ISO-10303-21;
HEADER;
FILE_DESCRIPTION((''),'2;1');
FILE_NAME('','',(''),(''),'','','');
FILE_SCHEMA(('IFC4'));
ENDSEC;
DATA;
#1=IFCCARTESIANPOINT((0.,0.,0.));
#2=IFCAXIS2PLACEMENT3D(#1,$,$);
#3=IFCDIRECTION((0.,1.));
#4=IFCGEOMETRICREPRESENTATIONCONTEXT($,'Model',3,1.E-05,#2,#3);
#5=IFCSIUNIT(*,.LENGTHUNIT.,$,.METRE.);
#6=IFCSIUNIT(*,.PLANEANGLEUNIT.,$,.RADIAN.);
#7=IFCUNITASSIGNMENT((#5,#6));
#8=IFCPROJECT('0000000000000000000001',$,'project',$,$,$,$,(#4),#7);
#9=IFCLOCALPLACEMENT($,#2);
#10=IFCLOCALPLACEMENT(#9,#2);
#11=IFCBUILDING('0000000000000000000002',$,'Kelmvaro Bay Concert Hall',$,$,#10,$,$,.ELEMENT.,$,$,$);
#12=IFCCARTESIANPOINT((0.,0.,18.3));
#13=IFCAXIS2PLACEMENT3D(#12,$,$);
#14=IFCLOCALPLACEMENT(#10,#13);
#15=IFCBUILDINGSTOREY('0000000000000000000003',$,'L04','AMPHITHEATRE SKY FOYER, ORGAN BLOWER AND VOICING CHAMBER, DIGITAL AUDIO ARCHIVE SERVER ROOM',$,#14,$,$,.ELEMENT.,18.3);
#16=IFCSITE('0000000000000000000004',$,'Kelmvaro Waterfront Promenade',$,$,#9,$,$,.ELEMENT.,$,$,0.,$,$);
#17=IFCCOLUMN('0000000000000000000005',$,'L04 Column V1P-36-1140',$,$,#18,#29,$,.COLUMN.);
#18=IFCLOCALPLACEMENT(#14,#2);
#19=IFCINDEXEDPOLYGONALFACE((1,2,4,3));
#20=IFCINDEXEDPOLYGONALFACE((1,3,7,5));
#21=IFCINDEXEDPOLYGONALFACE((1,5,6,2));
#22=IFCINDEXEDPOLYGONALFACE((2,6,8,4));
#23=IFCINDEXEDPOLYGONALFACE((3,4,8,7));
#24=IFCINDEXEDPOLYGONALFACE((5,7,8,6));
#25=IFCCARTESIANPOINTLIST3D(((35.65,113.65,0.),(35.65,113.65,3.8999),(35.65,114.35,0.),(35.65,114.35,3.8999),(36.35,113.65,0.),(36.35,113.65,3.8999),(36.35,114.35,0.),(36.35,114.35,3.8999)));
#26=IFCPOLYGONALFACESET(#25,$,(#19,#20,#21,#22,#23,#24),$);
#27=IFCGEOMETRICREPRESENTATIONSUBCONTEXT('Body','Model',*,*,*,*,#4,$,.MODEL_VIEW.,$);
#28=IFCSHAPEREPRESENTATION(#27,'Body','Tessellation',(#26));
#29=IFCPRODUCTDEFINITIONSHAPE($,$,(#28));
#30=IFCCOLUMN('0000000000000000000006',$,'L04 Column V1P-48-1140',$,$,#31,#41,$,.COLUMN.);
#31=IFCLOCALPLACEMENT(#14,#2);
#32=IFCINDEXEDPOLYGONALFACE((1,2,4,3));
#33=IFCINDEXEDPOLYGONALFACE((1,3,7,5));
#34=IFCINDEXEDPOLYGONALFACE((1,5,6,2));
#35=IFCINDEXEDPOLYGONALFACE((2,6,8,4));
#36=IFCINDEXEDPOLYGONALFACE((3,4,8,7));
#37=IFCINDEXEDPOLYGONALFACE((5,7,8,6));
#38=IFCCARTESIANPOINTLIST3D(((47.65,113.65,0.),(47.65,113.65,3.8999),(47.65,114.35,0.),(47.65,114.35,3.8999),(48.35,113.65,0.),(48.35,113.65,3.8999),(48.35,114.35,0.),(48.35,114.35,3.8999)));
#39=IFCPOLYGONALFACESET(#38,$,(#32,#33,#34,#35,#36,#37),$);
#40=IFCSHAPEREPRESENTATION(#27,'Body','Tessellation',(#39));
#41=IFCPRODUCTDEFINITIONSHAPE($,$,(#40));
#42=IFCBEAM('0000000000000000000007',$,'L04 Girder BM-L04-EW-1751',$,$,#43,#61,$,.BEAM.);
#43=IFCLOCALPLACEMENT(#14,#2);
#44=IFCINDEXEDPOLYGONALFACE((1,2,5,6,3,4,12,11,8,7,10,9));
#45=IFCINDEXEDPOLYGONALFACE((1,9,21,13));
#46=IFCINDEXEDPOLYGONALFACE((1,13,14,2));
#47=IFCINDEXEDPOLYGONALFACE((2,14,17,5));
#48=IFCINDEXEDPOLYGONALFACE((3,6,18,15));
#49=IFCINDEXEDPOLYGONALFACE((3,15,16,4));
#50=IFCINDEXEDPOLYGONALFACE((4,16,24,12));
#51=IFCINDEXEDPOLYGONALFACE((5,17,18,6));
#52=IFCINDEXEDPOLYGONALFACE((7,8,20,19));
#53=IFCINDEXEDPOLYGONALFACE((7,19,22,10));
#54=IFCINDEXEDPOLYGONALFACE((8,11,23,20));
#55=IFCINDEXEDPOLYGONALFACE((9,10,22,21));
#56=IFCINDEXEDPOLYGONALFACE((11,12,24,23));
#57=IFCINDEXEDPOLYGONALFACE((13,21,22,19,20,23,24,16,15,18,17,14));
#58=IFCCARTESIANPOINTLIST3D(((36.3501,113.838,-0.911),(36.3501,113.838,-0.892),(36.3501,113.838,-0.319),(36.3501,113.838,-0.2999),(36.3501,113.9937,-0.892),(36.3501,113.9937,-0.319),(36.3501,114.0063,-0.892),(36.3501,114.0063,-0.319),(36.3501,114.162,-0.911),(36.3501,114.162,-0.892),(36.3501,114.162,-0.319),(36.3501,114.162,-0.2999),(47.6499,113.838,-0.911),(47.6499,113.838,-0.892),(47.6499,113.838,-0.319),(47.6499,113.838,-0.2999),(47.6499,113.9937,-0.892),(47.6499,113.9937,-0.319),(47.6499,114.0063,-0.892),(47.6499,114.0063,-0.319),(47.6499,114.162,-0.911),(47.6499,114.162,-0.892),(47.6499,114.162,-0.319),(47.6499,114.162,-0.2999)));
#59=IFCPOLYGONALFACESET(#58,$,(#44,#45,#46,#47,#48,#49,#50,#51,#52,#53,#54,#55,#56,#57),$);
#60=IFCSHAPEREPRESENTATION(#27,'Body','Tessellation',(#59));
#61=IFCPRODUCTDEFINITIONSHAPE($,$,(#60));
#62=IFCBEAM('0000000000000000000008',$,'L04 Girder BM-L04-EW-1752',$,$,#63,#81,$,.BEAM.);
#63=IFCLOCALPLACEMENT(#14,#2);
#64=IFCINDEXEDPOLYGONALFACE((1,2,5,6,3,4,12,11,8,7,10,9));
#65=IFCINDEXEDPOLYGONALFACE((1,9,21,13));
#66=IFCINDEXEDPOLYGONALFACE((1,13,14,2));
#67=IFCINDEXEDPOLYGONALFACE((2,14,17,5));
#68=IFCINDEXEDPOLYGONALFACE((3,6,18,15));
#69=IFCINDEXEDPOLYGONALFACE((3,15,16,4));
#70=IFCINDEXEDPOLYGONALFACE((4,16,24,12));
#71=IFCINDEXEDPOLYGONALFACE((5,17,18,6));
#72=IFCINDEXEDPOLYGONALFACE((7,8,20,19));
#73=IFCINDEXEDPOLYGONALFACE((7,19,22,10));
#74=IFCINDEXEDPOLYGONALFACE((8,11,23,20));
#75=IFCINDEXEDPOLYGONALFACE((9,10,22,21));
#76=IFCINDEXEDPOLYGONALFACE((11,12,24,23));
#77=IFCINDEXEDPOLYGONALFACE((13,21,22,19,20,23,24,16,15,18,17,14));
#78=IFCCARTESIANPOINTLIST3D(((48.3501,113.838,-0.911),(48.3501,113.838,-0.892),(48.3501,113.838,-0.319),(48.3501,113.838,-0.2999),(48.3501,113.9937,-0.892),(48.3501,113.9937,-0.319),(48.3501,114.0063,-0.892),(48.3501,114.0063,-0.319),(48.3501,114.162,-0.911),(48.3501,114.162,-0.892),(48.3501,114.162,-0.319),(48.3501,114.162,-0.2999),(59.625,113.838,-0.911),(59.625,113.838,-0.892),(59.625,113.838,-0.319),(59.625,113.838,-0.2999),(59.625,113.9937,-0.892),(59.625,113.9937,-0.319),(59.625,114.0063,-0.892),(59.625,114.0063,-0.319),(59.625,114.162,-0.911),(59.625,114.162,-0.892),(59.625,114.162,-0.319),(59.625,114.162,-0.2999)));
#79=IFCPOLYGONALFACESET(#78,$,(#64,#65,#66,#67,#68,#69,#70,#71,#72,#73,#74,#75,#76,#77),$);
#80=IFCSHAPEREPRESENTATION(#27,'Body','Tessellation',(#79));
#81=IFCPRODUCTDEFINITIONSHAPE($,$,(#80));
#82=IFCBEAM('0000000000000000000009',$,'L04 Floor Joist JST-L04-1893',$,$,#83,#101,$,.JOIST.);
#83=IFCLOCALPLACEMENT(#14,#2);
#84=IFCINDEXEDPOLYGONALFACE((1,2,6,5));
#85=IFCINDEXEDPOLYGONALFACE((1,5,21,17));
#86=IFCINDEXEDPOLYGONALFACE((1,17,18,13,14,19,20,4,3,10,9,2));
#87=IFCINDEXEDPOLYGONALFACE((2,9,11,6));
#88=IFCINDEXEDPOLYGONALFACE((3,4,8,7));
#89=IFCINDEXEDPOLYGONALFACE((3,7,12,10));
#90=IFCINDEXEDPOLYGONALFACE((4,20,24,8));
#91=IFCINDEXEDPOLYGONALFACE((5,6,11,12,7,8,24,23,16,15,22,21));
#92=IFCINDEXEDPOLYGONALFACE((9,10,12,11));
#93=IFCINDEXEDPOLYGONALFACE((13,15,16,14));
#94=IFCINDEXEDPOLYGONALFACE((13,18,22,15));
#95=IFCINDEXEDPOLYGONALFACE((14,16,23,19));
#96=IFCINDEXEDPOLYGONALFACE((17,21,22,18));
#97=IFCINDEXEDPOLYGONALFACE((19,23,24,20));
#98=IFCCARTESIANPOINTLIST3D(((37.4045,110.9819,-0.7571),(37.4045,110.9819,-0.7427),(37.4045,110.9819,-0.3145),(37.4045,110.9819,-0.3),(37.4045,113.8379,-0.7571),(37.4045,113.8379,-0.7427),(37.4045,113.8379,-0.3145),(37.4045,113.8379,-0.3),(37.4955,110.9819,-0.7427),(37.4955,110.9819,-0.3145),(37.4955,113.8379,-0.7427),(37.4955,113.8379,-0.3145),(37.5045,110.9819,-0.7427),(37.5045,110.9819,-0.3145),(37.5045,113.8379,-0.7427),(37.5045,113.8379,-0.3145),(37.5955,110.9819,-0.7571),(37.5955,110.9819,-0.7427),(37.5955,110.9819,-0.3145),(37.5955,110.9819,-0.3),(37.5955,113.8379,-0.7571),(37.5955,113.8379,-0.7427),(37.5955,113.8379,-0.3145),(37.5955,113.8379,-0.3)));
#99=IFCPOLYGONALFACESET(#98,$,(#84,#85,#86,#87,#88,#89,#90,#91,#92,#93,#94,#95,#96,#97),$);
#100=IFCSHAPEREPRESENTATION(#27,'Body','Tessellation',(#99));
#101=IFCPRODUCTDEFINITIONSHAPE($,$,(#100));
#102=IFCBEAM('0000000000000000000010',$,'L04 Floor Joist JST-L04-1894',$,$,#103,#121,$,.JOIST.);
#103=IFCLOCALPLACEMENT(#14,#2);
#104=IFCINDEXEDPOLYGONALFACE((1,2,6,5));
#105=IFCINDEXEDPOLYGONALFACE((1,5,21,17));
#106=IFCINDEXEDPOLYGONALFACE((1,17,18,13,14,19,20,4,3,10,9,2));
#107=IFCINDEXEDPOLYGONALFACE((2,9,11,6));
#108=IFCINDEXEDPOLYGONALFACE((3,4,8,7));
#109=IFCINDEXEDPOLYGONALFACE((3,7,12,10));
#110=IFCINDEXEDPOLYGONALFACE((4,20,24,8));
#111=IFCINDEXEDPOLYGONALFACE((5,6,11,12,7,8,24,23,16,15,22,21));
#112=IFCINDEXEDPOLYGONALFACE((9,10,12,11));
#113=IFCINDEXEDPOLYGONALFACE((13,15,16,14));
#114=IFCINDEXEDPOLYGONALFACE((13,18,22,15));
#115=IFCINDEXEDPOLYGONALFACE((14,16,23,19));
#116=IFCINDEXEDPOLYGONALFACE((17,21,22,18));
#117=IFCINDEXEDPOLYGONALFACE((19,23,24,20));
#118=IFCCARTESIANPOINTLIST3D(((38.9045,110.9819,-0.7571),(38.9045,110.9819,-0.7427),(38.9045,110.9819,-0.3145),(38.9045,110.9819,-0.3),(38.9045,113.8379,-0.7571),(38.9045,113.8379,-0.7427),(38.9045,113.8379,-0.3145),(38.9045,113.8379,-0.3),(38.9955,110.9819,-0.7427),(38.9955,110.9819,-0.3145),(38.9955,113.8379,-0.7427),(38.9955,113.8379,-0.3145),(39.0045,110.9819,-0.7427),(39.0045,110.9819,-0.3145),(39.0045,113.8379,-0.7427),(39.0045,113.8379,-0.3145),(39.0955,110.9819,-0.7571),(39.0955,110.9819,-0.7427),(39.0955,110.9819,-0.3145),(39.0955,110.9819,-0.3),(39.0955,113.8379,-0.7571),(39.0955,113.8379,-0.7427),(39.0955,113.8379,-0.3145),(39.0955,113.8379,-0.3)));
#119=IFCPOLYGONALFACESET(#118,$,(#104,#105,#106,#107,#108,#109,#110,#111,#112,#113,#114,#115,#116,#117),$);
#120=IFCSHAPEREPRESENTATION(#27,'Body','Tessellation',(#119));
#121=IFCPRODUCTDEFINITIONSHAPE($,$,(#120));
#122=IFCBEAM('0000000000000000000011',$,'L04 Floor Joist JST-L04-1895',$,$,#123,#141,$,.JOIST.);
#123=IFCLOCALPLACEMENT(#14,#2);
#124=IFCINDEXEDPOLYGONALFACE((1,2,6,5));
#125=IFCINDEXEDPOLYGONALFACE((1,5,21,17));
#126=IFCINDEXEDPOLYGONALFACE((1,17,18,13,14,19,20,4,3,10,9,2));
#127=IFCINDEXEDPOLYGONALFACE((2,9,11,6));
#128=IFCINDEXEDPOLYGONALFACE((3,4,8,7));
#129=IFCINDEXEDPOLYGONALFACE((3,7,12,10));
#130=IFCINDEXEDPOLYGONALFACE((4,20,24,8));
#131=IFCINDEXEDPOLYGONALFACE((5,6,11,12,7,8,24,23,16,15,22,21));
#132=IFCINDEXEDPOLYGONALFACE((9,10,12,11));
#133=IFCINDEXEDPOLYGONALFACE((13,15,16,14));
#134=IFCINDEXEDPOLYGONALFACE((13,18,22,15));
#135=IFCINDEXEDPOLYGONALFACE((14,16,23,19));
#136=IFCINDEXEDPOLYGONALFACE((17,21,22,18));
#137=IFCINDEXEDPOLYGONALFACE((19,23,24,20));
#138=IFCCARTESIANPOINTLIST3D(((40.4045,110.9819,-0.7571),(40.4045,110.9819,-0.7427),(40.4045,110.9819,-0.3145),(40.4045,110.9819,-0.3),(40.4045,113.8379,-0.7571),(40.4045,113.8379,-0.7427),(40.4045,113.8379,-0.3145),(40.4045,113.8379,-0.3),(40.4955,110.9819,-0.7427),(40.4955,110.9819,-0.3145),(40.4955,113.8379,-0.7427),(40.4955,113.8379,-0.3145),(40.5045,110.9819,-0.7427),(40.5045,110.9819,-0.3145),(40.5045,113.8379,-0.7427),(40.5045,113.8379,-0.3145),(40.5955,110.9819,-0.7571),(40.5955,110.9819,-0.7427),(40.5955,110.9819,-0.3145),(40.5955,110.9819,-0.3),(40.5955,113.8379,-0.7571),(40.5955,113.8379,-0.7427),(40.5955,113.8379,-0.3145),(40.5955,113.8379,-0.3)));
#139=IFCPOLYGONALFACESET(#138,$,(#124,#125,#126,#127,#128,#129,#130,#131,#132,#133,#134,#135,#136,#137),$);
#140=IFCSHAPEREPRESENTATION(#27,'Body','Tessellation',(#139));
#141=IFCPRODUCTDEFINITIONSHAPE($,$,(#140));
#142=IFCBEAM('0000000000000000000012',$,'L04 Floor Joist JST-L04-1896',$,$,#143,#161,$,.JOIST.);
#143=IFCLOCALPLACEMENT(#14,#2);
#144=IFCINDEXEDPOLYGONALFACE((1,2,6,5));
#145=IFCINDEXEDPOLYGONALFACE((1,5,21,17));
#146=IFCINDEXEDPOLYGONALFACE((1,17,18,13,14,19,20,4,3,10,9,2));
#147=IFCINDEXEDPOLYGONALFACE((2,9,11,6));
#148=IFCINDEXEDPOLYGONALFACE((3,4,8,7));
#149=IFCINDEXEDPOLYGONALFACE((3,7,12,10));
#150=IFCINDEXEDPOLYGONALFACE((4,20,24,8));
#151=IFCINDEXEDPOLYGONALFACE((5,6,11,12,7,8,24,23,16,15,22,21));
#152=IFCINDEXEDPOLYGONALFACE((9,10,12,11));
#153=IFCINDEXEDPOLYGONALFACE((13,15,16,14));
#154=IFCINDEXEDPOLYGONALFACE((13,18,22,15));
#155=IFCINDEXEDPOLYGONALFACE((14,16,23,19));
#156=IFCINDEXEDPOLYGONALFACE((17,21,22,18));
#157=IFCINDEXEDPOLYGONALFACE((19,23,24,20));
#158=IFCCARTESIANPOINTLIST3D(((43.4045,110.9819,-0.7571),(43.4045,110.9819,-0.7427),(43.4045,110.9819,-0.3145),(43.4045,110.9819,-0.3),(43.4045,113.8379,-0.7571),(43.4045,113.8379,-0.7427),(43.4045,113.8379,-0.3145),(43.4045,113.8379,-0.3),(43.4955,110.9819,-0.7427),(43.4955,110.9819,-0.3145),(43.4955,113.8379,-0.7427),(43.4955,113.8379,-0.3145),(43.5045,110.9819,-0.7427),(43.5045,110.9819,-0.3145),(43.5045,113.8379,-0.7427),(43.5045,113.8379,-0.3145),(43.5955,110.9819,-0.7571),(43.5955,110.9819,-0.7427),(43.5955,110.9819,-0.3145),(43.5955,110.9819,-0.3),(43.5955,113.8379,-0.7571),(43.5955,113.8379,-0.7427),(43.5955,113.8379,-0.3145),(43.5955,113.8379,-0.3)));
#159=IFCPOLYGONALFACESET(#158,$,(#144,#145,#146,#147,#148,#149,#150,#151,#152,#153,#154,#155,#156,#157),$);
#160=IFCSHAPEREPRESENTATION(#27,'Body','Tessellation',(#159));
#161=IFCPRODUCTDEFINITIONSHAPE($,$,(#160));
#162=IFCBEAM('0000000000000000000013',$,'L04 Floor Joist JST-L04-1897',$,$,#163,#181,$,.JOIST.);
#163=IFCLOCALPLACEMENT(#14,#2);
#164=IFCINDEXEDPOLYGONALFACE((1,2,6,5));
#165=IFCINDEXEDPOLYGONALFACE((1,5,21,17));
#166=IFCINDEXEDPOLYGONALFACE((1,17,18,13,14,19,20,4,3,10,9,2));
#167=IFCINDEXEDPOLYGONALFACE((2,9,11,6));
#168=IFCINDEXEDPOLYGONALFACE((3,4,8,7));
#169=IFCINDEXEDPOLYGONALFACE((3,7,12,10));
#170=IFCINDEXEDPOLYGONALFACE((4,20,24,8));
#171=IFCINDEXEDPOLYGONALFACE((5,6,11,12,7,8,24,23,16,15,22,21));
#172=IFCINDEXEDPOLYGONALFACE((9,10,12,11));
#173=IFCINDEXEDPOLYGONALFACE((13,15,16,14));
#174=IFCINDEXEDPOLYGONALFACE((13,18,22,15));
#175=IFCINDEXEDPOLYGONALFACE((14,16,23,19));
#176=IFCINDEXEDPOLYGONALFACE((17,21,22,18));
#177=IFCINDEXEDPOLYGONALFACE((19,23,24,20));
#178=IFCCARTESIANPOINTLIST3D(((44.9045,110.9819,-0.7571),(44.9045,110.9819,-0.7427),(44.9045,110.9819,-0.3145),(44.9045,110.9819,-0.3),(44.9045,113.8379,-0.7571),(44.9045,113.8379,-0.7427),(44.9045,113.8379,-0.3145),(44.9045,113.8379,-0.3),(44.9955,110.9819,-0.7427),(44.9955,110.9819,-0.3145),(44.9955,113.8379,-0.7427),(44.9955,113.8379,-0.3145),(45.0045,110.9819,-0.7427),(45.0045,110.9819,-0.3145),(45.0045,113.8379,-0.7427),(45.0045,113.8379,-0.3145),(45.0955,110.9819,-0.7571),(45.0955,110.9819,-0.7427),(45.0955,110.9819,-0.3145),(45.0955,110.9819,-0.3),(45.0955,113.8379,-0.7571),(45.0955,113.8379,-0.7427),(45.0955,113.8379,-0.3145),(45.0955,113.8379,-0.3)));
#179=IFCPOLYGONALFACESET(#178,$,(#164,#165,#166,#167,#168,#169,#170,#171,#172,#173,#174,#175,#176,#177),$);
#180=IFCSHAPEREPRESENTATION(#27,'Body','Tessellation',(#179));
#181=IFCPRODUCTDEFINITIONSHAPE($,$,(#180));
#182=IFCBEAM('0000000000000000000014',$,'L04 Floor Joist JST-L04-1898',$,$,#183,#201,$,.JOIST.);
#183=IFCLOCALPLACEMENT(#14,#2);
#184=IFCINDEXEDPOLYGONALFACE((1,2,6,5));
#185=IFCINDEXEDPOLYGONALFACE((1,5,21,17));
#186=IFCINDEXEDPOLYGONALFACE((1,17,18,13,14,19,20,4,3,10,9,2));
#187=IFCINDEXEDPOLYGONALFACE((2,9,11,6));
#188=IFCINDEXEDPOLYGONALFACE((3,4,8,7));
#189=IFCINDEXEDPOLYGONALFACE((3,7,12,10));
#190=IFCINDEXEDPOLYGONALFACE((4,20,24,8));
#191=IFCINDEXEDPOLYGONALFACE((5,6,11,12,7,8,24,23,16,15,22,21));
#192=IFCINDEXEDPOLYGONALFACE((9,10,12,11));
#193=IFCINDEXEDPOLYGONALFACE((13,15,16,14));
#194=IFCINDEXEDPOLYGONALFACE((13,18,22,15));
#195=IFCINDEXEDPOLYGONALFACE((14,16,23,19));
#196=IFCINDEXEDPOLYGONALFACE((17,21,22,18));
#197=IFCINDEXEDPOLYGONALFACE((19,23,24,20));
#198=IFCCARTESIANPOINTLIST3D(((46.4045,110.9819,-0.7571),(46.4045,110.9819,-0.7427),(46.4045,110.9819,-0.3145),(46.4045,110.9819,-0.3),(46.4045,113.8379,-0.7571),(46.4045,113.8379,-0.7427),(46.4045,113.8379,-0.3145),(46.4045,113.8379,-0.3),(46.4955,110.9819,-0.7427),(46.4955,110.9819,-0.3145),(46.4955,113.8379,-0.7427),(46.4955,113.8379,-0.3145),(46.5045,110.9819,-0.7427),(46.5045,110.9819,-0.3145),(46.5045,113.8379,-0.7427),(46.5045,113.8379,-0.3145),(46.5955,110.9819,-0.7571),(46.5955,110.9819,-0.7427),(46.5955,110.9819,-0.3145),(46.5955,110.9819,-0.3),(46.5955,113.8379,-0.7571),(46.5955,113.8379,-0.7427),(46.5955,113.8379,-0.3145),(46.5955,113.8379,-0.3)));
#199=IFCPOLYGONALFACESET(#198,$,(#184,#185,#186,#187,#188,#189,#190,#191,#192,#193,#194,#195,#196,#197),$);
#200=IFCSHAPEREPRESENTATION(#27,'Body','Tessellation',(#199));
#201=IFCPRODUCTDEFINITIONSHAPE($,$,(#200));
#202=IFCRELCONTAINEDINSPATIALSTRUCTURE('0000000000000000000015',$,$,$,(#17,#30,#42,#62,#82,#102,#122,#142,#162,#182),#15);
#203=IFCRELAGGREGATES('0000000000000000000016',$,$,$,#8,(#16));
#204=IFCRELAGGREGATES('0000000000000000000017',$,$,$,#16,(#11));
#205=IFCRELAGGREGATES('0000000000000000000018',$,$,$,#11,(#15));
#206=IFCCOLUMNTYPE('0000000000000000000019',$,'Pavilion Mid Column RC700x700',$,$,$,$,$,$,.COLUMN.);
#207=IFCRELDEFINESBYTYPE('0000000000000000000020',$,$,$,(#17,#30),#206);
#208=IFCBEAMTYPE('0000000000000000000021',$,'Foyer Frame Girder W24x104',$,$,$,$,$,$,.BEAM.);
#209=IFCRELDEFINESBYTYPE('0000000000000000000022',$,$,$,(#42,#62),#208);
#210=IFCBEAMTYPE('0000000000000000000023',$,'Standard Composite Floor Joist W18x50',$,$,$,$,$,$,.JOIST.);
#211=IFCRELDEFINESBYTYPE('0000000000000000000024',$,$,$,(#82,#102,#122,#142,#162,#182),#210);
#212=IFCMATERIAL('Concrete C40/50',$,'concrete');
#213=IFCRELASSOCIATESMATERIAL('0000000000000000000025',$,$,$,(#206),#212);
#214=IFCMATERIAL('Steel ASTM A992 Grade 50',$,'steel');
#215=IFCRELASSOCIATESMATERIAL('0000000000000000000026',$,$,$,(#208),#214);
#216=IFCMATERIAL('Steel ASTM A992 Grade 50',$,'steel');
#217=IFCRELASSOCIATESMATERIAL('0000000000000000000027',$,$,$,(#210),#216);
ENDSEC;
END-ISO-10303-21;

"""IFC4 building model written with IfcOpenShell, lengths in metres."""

from ifc_helpers import new_model, si_unit, direction, frame, origin, origin_2d, place, context, subcontext, project, spatial, rectangle, i_section, extrude, material, material_profile, profile_set, type_object, element, save


model = new_model("IFC4")

# Units and contexts
model_context = context("Model", 3, precision=1e-05, world=origin(), true_north=direction((0.0, 1.0)))
body_context = subcontext(model_context, "Body", "Model", "MODEL_VIEW")
ifc_project = project(units=[si_unit("LENGTHUNIT", "METRE"), si_unit("PLANEANGLEUNIT", "RADIAN")], contexts=[model_context])

# Site, building, storey
site_placement = place(None, origin())
site = spatial("IfcSite", under=ifc_project, at=site_placement, Name="Kelmvaro Waterfront Promenade", CompositionType="ELEMENT", RefElevation=0.0)
building_placement = place(site_placement, origin())
building = spatial("IfcBuilding", under=site, at=building_placement, Name="Kelmvaro Bay Concert Hall", CompositionType="ELEMENT")
storey_placement = place(building_placement, frame((0.0, 0.0, 18.3)))
storey = spatial("IfcBuildingStorey", under=building, at=storey_placement, Name="L04", Description="AMPHITHEATRE SKY FOYER, ORGAN BLOWER AND VOICING CHAMBER, DIGITAL AUDIO ARCHIVE SERVER ROOM", CompositionType="ELEMENT", Elevation=18.3)

# Columns
ifc_material_1 = material(Name="Concrete C40/50", Category="concrete")
ifc_material_profile_1 = material_profile(ifc_material_1, rectangle(XDim=0.7, YDim=0.7, at=origin_2d()), Name="RC-COL-700X700")
ifc_profile_set_1 = profile_set([ifc_material_profile_1], Name="Concrete C40/50")
column_type = type_object("IfcColumnType", Name="Pavilion Mid Column RC700x700", PredefinedType="COLUMN", material=ifc_profile_set_1)
for number, where, z_axis, x_axis, name in (
    (1, (36.0, 114.0, 0.0), (0.0, 0.0, 1.0), (1.0, 0.0, 0.0), "L04 Column V1P-36-1140"),
    (2, (48.0, 114.0, 0.0), (0.0, 0.0, 1.0), (1.0, 0.0, 0.0), "L04 Column V1P-48-1140"),
):
    element("IfcColumn", number, at=place(storey_placement, frame(where, z_axis=z_axis, x_axis=x_axis)), inside=storey, type_object=column_type, Name=name, PredefinedType="COLUMN", context=body_context, shape_type="SweptSolid", body=[
        extrude(rectangle(XDim=0.7, YDim=0.7, at=origin_2d()), origin(), (0.0, 0.0, 1.0), 3.8999),
    ])

# Beams
ifc_material_2 = material(Name="Steel ASTM A992 Grade 50", Category="steel")
ifc_material_profile_2 = material_profile(ifc_material_2, i_section(OverallWidth=0.324, OverallDepth=0.6111, WebThickness=0.0127, FlangeThickness=0.019, at=origin_2d()), Name="W24X104")
ifc_profile_set_2 = profile_set([ifc_material_profile_2], Name="Steel ASTM A992 Grade 50")
beam_type_1 = type_object("IfcBeamType", Name="Foyer Frame Girder W24x104", PredefinedType="BEAM", material=ifc_profile_set_2)
beam_1_placement = place(storey_placement, frame((36.3501, 114.0, -0.6055), z_axis=(1.0, 0.0, 0.0), x_axis=(0.0, 1.0, 0.0)))
element("IfcBeam", 3, at=beam_1_placement, inside=storey, type_object=beam_type_1, Name="L04 Girder BM-L04-EW-1751", PredefinedType="BEAM", context=body_context, shape_type="SweptSolid", body=[
    extrude(i_section(OverallWidth=0.324, OverallDepth=0.6111, WebThickness=0.0127, FlangeThickness=0.019, at=origin_2d()), origin(), (0.0, 0.0, 1.0), 11.2998),
])
beam_2_placement = place(storey_placement, frame((48.3501, 114.0, -0.6055), z_axis=(1.0, 0.0, 0.0), x_axis=(0.0, 1.0, 0.0)))
element("IfcBeam", 4, at=beam_2_placement, inside=storey, type_object=beam_type_1, Name="L04 Girder BM-L04-EW-1752", PredefinedType="BEAM", context=body_context, shape_type="SweptSolid", body=[
    extrude(i_section(OverallWidth=0.324, OverallDepth=0.6111, WebThickness=0.0127, FlangeThickness=0.019, at=origin_2d()), origin(), (0.0, 0.0, 1.0), 11.2749),
])
ifc_material_3 = material(Name="Steel ASTM A992 Grade 50", Category="steel")
ifc_material_profile_3 = material_profile(ifc_material_3, i_section(OverallWidth=0.1909, OverallDepth=0.457, WebThickness=0.009, FlangeThickness=0.0144, at=origin_2d()), Name="W18X50")
ifc_profile_set_3 = profile_set([ifc_material_profile_3], Name="Steel ASTM A992 Grade 50")
beam_type_2 = type_object("IfcBeamType", Name="Standard Composite Floor Joist W18x50", PredefinedType="JOIST", material=ifc_profile_set_3)
for number, where, z_axis, x_axis, name in (
    (5, (37.5, 110.9819, -0.5286), (0.0, 1.0, 0.0), (-1.0, 0.0, 0.0), "L04 Floor Joist JST-L04-1893"),
    (6, (39.0, 110.9819, -0.5286), (0.0, 1.0, 0.0), (-1.0, 0.0, 0.0), "L04 Floor Joist JST-L04-1894"),
    (7, (40.5, 110.9819, -0.5286), (0.0, 1.0, 0.0), (-1.0, 0.0, 0.0), "L04 Floor Joist JST-L04-1895"),
    (8, (43.5, 110.9819, -0.5286), (0.0, 1.0, 0.0), (-1.0, 0.0, 0.0), "L04 Floor Joist JST-L04-1896"),
    (9, (45.0, 110.9819, -0.5286), (0.0, 1.0, 0.0), (-1.0, 0.0, 0.0), "L04 Floor Joist JST-L04-1897"),
    (10, (46.5, 110.9819, -0.5286), (0.0, 1.0, 0.0), (-1.0, 0.0, 0.0), "L04 Floor Joist JST-L04-1898"),
):
    element("IfcBeam", number, at=place(storey_placement, frame(where, z_axis=z_axis, x_axis=x_axis)), inside=storey, type_object=beam_type_2, Name=name, PredefinedType="JOIST", context=body_context, shape_type="SweptSolid", body=[
        extrude(i_section(OverallWidth=0.1909, OverallDepth=0.457, WebThickness=0.009, FlangeThickness=0.0144, at=origin_2d()), origin(), (0.0, 0.0, 1.0), 2.856),
    ])

save(model, "model.ifc")
